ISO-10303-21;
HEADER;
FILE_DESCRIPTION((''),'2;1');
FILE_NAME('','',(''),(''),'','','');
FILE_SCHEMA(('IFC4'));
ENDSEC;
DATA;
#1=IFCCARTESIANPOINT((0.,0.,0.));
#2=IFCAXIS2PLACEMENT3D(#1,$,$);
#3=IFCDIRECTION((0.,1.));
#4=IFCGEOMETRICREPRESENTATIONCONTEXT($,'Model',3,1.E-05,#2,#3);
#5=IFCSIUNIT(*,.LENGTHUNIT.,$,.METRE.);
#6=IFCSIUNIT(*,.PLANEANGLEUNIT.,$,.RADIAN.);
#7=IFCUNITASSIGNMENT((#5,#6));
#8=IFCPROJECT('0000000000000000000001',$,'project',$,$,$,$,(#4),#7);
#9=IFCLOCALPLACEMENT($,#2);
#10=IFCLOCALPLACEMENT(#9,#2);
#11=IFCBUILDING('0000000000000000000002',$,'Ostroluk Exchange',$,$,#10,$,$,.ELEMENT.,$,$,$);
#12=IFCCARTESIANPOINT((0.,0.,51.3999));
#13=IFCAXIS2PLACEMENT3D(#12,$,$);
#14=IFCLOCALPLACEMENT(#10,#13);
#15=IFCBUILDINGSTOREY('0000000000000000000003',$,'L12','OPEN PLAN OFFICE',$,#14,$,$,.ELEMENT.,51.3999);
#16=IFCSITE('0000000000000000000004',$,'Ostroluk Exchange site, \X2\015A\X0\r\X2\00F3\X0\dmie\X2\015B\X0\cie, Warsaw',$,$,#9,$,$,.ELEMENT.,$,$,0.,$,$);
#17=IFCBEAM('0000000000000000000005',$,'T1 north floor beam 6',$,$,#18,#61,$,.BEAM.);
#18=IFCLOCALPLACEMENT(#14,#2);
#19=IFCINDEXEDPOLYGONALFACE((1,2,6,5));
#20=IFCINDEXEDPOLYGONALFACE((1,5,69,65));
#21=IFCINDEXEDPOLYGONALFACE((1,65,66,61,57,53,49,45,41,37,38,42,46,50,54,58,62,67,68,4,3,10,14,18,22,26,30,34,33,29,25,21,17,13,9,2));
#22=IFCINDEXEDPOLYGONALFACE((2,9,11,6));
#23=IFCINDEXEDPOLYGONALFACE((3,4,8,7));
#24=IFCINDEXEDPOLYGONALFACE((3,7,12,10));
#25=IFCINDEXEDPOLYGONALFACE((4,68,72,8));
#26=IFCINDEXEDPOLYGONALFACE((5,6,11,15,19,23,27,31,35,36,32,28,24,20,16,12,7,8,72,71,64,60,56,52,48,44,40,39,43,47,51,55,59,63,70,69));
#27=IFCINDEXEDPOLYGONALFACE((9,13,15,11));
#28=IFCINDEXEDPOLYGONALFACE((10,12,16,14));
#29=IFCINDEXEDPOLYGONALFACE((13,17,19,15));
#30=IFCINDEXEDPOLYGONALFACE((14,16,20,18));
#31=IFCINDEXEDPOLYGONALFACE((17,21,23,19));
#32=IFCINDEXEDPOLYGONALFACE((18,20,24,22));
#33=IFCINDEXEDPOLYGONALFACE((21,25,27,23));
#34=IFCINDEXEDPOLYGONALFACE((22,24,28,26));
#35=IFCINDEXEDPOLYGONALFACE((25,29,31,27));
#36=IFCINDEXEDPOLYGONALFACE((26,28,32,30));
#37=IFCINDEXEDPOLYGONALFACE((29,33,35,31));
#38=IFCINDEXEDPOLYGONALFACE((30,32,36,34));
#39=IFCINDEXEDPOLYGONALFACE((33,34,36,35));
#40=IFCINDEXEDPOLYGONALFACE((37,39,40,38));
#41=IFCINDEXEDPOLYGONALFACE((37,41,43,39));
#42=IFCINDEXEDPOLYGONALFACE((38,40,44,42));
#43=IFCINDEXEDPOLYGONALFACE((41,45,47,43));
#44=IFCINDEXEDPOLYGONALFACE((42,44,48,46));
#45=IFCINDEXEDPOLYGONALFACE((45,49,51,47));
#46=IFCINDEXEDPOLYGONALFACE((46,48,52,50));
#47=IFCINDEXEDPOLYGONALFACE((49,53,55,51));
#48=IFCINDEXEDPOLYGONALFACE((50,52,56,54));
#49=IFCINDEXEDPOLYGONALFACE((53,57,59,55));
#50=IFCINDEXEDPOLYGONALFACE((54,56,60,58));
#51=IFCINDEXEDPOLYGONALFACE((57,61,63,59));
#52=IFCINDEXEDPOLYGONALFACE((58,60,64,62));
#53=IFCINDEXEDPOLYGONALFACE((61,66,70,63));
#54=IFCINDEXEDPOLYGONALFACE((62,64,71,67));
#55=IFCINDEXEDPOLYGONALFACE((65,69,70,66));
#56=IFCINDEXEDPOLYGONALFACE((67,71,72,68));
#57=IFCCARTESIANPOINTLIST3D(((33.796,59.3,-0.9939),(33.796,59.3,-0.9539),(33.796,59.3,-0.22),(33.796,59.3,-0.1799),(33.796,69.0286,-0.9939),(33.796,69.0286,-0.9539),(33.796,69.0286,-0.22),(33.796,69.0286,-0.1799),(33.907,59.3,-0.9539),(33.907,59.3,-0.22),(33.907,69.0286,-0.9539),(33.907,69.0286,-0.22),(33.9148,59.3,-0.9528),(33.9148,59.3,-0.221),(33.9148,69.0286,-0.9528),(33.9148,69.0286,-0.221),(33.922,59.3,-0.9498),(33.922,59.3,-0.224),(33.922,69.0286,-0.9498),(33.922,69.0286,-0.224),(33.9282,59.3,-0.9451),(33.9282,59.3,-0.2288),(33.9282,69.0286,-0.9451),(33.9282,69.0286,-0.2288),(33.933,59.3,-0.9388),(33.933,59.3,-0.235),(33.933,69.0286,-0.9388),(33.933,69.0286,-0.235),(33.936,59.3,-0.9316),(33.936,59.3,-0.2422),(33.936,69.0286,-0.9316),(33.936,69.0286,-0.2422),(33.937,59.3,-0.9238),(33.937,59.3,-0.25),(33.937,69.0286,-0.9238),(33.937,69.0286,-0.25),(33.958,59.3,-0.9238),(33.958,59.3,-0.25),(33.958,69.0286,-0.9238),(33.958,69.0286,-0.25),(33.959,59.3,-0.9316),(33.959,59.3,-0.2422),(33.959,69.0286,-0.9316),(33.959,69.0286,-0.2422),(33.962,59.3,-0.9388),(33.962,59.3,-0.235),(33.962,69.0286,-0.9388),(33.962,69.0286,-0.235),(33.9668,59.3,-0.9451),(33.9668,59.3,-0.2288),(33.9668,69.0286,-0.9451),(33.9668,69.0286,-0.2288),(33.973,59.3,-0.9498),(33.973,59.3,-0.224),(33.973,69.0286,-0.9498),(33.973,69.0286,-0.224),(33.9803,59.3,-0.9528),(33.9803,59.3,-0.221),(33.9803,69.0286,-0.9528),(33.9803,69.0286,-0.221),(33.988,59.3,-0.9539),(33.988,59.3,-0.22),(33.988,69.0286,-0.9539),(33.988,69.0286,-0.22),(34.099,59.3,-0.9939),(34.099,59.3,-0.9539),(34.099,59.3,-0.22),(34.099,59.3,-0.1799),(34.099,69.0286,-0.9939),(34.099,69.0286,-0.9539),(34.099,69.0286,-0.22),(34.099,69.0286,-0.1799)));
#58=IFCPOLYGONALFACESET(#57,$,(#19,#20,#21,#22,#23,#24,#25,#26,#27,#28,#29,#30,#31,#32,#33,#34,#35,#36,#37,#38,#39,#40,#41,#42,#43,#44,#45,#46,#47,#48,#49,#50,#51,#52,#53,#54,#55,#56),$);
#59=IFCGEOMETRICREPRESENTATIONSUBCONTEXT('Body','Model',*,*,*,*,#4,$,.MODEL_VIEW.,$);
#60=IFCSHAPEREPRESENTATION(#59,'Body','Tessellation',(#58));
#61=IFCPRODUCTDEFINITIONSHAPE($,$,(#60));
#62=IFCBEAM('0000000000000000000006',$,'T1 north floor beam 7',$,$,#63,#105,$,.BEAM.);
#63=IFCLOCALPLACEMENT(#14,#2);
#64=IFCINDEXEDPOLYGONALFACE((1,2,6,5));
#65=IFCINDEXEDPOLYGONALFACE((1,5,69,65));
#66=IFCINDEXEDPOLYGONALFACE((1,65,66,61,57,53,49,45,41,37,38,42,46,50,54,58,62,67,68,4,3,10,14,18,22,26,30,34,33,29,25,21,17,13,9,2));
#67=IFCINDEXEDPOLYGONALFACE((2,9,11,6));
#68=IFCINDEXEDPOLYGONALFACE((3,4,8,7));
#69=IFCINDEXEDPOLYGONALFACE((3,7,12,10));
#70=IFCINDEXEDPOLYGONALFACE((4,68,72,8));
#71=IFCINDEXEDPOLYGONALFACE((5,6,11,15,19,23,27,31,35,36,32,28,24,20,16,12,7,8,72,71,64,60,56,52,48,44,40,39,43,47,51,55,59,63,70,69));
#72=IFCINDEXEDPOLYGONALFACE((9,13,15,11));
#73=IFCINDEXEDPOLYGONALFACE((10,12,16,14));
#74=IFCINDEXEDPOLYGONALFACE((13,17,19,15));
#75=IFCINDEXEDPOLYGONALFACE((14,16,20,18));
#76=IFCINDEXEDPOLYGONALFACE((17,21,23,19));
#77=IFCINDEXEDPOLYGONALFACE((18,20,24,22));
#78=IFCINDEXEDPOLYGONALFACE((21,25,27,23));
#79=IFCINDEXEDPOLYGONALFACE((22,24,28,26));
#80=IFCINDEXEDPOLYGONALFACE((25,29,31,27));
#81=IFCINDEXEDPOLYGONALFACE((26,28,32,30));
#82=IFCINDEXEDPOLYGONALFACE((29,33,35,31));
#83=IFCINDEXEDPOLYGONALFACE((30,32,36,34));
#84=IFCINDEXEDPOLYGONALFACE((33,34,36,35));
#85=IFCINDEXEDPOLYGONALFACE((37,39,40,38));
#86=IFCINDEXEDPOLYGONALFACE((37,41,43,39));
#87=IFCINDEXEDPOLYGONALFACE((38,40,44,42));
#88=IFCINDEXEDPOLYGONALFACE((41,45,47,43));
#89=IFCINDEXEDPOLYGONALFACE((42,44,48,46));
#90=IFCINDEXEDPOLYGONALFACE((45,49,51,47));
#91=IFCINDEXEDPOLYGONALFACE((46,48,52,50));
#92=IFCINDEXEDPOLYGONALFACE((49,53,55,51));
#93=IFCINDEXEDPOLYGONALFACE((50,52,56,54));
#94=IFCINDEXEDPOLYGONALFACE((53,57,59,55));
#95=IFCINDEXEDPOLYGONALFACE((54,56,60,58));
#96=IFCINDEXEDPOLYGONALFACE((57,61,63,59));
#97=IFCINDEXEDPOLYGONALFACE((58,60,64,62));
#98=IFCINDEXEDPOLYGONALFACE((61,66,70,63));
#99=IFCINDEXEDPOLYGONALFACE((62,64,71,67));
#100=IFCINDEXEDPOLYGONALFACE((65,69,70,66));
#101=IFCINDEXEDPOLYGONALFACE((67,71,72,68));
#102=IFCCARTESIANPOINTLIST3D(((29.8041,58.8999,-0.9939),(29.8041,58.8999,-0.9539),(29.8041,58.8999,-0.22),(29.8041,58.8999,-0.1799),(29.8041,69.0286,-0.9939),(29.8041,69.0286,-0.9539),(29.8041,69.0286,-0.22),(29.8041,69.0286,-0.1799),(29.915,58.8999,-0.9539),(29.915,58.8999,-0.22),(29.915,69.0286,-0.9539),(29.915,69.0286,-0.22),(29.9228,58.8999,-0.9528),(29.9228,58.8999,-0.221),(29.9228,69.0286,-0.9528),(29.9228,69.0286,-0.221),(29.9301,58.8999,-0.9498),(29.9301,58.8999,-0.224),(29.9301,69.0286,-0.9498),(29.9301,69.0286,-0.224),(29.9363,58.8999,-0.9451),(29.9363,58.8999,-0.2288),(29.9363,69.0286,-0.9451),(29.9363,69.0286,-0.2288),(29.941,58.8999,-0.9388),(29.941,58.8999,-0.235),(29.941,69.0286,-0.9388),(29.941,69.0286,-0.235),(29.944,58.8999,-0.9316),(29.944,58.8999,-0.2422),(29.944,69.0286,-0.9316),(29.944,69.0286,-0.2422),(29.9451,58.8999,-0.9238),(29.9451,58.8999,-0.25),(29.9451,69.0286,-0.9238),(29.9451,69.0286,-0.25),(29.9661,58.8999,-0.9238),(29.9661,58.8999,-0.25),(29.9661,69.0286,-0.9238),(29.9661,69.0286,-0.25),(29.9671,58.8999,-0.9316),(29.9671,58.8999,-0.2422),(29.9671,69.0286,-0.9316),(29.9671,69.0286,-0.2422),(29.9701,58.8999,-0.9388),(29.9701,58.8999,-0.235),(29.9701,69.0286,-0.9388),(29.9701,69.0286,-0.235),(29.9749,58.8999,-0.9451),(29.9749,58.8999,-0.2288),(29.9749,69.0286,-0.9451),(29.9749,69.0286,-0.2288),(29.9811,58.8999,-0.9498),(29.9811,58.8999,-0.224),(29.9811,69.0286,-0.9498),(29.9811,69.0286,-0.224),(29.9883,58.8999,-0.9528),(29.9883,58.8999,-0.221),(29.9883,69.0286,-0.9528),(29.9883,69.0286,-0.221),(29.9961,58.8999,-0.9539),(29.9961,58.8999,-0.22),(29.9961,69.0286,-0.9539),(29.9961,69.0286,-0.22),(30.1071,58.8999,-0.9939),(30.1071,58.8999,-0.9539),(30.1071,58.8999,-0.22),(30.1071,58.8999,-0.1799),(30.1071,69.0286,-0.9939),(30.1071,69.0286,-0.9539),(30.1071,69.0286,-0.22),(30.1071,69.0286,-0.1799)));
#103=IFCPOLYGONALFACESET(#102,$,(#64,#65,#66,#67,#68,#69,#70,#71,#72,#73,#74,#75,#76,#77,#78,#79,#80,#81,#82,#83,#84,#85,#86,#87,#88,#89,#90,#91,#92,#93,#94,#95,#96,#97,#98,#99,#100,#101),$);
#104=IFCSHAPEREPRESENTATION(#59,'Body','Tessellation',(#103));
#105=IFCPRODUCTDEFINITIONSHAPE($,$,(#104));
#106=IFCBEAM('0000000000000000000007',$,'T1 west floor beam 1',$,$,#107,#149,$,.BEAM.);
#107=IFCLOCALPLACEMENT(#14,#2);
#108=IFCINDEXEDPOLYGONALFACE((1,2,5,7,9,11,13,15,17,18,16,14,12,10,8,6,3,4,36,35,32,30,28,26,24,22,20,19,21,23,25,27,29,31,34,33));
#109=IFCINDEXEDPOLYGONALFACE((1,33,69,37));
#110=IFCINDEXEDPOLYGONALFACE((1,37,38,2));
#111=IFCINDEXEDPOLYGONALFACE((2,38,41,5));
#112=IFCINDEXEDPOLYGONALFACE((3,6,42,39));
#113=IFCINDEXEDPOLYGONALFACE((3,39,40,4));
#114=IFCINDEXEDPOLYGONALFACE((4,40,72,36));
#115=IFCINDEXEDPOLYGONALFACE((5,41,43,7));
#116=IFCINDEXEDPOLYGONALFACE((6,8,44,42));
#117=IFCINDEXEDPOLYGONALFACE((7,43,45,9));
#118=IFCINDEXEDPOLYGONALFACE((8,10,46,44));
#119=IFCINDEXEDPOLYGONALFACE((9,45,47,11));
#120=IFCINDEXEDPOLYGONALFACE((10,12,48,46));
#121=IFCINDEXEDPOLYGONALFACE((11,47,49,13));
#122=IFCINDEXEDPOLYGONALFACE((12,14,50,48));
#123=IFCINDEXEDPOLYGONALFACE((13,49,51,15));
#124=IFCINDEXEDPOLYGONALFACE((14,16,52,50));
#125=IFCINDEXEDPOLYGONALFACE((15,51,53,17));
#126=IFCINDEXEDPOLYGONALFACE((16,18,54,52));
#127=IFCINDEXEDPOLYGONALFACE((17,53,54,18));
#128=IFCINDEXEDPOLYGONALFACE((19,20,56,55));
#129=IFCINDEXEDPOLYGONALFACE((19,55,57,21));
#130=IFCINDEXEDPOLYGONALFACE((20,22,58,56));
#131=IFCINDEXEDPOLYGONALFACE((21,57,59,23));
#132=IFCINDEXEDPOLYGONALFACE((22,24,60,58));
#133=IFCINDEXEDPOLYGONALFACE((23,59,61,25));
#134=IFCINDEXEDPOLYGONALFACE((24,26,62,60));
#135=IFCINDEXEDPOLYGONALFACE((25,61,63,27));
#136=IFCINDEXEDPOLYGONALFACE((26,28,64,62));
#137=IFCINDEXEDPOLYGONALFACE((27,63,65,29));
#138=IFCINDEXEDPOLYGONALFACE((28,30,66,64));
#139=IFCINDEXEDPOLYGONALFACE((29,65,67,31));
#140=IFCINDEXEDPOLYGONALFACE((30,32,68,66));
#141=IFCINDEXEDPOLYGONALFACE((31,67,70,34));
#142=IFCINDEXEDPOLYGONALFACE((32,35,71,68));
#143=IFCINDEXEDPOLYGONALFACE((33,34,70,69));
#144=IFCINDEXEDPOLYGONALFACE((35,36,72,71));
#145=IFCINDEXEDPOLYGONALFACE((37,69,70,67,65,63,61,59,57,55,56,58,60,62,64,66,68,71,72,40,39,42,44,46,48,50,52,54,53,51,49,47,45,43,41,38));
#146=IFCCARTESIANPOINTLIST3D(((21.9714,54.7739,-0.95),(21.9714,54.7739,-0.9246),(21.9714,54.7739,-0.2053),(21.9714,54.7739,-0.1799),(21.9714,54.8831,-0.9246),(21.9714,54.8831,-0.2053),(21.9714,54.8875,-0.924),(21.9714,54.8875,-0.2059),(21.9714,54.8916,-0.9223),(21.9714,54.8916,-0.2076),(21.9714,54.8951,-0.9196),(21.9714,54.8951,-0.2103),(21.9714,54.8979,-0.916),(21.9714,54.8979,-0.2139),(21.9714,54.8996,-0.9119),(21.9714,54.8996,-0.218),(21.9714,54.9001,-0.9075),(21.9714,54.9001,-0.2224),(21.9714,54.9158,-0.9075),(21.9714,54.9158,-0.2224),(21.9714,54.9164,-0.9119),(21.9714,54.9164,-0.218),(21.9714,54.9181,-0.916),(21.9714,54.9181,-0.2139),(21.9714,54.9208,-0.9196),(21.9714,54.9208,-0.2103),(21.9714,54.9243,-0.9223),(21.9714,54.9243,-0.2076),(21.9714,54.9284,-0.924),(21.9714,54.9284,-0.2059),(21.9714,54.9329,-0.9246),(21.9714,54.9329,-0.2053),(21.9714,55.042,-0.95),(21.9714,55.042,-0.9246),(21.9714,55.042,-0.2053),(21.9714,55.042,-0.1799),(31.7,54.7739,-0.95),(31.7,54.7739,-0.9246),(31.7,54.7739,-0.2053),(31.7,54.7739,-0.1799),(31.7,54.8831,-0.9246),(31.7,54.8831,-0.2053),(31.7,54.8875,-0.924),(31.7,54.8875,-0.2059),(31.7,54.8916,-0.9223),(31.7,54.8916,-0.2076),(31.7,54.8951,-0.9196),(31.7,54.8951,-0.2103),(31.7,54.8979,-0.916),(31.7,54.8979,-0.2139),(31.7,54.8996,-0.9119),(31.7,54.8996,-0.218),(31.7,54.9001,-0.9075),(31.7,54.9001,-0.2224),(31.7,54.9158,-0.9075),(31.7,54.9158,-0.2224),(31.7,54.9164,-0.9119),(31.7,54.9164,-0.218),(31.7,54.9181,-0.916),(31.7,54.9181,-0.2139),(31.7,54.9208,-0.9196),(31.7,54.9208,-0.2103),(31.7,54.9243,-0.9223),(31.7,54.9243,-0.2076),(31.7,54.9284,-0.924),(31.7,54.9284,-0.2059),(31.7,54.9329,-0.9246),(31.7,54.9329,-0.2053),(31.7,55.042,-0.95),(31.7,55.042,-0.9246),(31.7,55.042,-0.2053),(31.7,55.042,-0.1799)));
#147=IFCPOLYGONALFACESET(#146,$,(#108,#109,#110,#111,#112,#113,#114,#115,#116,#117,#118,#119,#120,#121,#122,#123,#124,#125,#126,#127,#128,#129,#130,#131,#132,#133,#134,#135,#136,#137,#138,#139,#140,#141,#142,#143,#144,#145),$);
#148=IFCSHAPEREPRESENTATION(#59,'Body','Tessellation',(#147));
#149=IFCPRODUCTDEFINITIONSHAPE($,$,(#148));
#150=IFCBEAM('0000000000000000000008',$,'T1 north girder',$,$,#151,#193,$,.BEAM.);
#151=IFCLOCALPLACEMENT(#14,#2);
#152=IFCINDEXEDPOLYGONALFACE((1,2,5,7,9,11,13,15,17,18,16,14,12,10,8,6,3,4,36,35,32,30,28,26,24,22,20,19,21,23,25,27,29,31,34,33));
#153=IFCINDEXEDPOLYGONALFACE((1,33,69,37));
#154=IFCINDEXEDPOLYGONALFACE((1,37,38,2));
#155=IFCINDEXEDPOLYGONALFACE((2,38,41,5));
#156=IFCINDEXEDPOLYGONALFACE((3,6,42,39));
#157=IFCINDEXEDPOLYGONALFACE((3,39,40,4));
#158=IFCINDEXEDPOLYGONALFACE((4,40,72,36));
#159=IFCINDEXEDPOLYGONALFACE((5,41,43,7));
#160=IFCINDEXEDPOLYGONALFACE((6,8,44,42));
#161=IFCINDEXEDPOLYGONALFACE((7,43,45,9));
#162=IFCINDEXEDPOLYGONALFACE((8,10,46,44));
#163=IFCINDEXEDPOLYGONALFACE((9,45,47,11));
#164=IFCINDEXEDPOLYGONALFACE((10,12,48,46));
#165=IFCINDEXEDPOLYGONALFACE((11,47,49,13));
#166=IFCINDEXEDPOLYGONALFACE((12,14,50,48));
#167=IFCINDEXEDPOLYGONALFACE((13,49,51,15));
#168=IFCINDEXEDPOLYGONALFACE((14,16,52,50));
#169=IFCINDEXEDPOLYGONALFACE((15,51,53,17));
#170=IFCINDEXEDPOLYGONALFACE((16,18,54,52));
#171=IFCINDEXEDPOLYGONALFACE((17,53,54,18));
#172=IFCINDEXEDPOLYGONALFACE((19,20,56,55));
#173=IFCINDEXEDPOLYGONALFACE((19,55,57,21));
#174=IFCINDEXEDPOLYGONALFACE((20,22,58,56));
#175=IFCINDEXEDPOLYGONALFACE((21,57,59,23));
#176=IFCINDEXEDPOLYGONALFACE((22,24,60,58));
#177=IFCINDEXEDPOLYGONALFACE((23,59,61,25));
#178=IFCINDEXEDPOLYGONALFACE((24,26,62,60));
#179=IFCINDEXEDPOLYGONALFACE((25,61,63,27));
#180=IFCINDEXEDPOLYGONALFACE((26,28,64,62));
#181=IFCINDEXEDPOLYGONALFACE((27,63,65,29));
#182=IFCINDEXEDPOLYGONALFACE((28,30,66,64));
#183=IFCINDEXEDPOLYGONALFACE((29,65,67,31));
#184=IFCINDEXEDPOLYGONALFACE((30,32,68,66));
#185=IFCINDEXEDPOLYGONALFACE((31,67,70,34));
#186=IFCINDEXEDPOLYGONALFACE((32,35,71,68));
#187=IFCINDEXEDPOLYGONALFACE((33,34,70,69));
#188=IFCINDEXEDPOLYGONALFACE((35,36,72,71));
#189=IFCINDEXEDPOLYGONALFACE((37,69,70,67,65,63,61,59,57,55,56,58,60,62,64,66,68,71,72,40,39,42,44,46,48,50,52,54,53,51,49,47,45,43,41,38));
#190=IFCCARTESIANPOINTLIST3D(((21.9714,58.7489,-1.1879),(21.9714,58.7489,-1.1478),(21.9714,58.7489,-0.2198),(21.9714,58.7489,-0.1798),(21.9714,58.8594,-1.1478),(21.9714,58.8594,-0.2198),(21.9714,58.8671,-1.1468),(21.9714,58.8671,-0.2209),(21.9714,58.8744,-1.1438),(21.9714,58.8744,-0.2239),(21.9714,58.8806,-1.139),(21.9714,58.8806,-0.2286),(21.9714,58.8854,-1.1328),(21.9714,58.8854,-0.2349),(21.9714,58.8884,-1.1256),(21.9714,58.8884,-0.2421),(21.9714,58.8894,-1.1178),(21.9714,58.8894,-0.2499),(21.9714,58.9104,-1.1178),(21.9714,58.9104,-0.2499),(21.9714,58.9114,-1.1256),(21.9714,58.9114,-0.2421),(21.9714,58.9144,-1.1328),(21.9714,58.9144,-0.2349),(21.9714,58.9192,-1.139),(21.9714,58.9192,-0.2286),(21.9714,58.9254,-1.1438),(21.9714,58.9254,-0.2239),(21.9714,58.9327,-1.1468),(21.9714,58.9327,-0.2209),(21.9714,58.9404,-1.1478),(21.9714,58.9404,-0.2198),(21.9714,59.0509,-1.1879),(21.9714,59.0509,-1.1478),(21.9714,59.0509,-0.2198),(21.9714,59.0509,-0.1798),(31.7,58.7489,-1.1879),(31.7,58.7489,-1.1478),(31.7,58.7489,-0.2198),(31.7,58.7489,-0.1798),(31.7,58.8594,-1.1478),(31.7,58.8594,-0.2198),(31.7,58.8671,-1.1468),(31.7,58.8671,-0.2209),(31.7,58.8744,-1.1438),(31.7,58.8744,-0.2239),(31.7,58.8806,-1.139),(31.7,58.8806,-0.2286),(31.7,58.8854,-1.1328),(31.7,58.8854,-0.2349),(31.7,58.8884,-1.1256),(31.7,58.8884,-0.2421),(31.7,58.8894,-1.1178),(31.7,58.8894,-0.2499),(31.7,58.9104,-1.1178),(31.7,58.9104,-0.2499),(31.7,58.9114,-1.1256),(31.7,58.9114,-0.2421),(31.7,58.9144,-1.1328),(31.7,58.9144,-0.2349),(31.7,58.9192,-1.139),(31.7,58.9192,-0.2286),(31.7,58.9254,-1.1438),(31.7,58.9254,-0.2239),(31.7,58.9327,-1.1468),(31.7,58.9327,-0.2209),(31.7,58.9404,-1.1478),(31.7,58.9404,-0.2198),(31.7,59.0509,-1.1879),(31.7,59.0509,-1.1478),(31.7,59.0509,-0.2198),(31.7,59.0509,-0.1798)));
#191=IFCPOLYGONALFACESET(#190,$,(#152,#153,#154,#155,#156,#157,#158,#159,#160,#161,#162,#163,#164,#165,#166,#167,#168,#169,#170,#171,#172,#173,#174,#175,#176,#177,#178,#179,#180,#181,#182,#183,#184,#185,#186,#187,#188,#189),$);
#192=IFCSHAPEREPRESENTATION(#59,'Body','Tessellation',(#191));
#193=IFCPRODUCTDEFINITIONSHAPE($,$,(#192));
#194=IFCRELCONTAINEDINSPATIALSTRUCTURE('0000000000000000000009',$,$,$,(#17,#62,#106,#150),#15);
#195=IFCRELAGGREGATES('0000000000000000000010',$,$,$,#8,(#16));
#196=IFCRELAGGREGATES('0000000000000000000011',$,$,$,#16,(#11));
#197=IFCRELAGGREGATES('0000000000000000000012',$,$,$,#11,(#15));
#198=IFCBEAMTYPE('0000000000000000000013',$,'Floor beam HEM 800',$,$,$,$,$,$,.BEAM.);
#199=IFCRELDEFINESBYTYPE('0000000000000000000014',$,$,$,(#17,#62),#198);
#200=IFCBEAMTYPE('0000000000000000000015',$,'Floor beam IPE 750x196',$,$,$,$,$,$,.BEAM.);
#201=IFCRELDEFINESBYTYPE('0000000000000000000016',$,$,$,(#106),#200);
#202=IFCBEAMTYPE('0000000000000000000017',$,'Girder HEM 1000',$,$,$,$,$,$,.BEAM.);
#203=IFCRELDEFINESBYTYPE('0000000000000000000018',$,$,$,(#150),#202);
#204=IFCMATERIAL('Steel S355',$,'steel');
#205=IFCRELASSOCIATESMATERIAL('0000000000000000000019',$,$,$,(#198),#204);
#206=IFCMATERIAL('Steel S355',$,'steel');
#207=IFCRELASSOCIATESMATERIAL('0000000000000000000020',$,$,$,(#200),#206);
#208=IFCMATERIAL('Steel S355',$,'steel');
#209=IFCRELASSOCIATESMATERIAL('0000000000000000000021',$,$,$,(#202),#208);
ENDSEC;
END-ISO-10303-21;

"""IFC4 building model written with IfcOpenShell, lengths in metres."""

from ifc_helpers import new_model, si_unit, direction, frame, origin, origin_2d, place, context, subcontext, project, spatial, i_section, extrude, material, material_profile, profile_set, type_object, element, save


model = new_model("IFC4")

# Units and contexts
model_context = context("Model", 3, precision=1e-05, world=origin(), true_north=direction((0.0, 1.0)))
body_context = subcontext(model_context, "Body", "Model", "MODEL_VIEW")
ifc_project = project(units=[si_unit("LENGTHUNIT", "METRE"), si_unit("PLANEANGLEUNIT", "RADIAN")], contexts=[model_context])

# Site, building, storey
site_placement = place(None, origin())
site = spatial("IfcSite", under=ifc_project, at=site_placement, Name="Ostroluk Exchange site, Śródmieście, Warsaw", CompositionType="ELEMENT", RefElevation=0.0)
building_placement = place(site_placement, origin())
building = spatial("IfcBuilding", under=site, at=building_placement, Name="Ostroluk Exchange", CompositionType="ELEMENT")
storey_placement = place(building_placement, frame((0.0, 0.0, 51.3999)))
storey = spatial("IfcBuildingStorey", under=building, at=storey_placement, Name="L12", Description="OPEN PLAN OFFICE", CompositionType="ELEMENT", Elevation=51.3999)

# Beams
ifc_material_1 = material(Name="Steel S355", Category="steel")
ifc_material_profile_1 = material_profile(ifc_material_1, i_section(OverallWidth=0.303, OverallDepth=0.814, WebThickness=0.021, FlangeThickness=0.04, FilletRadius=0.03, at=origin_2d()), Name="HEM 800")
ifc_profile_set_1 = profile_set([ifc_material_profile_1], Name="Steel S355")
beam_type_1 = type_object("IfcBeamType", Name="Floor beam HEM 800", PredefinedType="BEAM", material=ifc_profile_set_1)
beam_1_placement = place(storey_placement, frame((33.9475, 59.3, -0.5869), z_axis=(0.0, 1.0, 0.0), x_axis=(-1.0, 0.0, 0.0)))
element("IfcBeam", 1, at=beam_1_placement, inside=storey, type_object=beam_type_1, Name="T1 north floor beam 6", PredefinedType="BEAM", context=body_context, shape_type="SweptSolid", body=[
    extrude(i_section(OverallWidth=0.303, OverallDepth=0.814, WebThickness=0.021, FlangeThickness=0.04, FilletRadius=0.03, at=origin_2d()), origin(), (0.0, 0.0, 1.0), 9.7285),
])
beam_2_placement = place(storey_placement, frame((29.9556, 58.8999, -0.5869), z_axis=(0.0, 1.0, 0.0), x_axis=(-1.0, 0.0, 0.0)))
element("IfcBeam", 2, at=beam_2_placement, inside=storey, type_object=beam_type_1, Name="T1 north floor beam 7", PredefinedType="BEAM", context=body_context, shape_type="SweptSolid", body=[
    extrude(i_section(OverallWidth=0.303, OverallDepth=0.814, WebThickness=0.021, FlangeThickness=0.04, FilletRadius=0.03, at=origin_2d()), origin(), (0.0, 0.0, 1.0), 10.1287),
])
ifc_material_2 = material(Name="Steel S355", Category="steel")
ifc_material_profile_2 = material_profile(ifc_material_2, i_section(OverallWidth=0.2681, OverallDepth=0.77, WebThickness=0.0156, FlangeThickness=0.0254, FilletRadius=0.0171, at=origin_2d()), Name="IPE 750x196")
ifc_profile_set_2 = profile_set([ifc_material_profile_2], Name="Steel S355")
beam_type_2 = type_object("IfcBeamType", Name="Floor beam IPE 750x196", PredefinedType="BEAM", material=ifc_profile_set_2)
beam_3_placement = place(storey_placement, frame((31.7, 54.908, -0.5649), z_axis=(-1.0, 0.0, 0.0), x_axis=(0.0, -1.0, 0.0)))
element("IfcBeam", 3, at=beam_3_placement, inside=storey, type_object=beam_type_2, Name="T1 west floor beam 1", PredefinedType="BEAM", context=body_context, shape_type="SweptSolid", body=[
    extrude(i_section(OverallWidth=0.2681, OverallDepth=0.77, WebThickness=0.0156, FlangeThickness=0.0254, FilletRadius=0.0171, at=origin_2d()), origin(), (0.0, 0.0, 1.0), 9.7285),
])
ifc_material_3 = material(Name="Steel S355", Category="steel")
ifc_material_profile_3 = material_profile(ifc_material_3, i_section(OverallWidth=0.302, OverallDepth=1.0081, WebThickness=0.021, FlangeThickness=0.04, FilletRadius=0.03, at=origin_2d()), Name="HEM 1000")
ifc_profile_set_3 = profile_set([ifc_material_profile_3], Name="Steel S355")
beam_type_3 = type_object("IfcBeamType", Name="Girder HEM 1000", PredefinedType="BEAM", material=ifc_profile_set_3)
beam_4_placement = place(storey_placement, frame((31.7, 58.8999, -0.6838), z_axis=(-1.0, 0.0, 0.0), x_axis=(0.0, -1.0, 0.0)))
element("IfcBeam", 4, at=beam_4_placement, inside=storey, type_object=beam_type_3, Name="T1 north girder", PredefinedType="BEAM", context=body_context, shape_type="SweptSolid", body=[
    extrude(i_section(OverallWidth=0.302, OverallDepth=1.0081, WebThickness=0.021, FlangeThickness=0.04, FilletRadius=0.03, at=origin_2d()), origin(), (0.0, 0.0, 1.0), 9.7285),
])

save(model, "model.ifc")
